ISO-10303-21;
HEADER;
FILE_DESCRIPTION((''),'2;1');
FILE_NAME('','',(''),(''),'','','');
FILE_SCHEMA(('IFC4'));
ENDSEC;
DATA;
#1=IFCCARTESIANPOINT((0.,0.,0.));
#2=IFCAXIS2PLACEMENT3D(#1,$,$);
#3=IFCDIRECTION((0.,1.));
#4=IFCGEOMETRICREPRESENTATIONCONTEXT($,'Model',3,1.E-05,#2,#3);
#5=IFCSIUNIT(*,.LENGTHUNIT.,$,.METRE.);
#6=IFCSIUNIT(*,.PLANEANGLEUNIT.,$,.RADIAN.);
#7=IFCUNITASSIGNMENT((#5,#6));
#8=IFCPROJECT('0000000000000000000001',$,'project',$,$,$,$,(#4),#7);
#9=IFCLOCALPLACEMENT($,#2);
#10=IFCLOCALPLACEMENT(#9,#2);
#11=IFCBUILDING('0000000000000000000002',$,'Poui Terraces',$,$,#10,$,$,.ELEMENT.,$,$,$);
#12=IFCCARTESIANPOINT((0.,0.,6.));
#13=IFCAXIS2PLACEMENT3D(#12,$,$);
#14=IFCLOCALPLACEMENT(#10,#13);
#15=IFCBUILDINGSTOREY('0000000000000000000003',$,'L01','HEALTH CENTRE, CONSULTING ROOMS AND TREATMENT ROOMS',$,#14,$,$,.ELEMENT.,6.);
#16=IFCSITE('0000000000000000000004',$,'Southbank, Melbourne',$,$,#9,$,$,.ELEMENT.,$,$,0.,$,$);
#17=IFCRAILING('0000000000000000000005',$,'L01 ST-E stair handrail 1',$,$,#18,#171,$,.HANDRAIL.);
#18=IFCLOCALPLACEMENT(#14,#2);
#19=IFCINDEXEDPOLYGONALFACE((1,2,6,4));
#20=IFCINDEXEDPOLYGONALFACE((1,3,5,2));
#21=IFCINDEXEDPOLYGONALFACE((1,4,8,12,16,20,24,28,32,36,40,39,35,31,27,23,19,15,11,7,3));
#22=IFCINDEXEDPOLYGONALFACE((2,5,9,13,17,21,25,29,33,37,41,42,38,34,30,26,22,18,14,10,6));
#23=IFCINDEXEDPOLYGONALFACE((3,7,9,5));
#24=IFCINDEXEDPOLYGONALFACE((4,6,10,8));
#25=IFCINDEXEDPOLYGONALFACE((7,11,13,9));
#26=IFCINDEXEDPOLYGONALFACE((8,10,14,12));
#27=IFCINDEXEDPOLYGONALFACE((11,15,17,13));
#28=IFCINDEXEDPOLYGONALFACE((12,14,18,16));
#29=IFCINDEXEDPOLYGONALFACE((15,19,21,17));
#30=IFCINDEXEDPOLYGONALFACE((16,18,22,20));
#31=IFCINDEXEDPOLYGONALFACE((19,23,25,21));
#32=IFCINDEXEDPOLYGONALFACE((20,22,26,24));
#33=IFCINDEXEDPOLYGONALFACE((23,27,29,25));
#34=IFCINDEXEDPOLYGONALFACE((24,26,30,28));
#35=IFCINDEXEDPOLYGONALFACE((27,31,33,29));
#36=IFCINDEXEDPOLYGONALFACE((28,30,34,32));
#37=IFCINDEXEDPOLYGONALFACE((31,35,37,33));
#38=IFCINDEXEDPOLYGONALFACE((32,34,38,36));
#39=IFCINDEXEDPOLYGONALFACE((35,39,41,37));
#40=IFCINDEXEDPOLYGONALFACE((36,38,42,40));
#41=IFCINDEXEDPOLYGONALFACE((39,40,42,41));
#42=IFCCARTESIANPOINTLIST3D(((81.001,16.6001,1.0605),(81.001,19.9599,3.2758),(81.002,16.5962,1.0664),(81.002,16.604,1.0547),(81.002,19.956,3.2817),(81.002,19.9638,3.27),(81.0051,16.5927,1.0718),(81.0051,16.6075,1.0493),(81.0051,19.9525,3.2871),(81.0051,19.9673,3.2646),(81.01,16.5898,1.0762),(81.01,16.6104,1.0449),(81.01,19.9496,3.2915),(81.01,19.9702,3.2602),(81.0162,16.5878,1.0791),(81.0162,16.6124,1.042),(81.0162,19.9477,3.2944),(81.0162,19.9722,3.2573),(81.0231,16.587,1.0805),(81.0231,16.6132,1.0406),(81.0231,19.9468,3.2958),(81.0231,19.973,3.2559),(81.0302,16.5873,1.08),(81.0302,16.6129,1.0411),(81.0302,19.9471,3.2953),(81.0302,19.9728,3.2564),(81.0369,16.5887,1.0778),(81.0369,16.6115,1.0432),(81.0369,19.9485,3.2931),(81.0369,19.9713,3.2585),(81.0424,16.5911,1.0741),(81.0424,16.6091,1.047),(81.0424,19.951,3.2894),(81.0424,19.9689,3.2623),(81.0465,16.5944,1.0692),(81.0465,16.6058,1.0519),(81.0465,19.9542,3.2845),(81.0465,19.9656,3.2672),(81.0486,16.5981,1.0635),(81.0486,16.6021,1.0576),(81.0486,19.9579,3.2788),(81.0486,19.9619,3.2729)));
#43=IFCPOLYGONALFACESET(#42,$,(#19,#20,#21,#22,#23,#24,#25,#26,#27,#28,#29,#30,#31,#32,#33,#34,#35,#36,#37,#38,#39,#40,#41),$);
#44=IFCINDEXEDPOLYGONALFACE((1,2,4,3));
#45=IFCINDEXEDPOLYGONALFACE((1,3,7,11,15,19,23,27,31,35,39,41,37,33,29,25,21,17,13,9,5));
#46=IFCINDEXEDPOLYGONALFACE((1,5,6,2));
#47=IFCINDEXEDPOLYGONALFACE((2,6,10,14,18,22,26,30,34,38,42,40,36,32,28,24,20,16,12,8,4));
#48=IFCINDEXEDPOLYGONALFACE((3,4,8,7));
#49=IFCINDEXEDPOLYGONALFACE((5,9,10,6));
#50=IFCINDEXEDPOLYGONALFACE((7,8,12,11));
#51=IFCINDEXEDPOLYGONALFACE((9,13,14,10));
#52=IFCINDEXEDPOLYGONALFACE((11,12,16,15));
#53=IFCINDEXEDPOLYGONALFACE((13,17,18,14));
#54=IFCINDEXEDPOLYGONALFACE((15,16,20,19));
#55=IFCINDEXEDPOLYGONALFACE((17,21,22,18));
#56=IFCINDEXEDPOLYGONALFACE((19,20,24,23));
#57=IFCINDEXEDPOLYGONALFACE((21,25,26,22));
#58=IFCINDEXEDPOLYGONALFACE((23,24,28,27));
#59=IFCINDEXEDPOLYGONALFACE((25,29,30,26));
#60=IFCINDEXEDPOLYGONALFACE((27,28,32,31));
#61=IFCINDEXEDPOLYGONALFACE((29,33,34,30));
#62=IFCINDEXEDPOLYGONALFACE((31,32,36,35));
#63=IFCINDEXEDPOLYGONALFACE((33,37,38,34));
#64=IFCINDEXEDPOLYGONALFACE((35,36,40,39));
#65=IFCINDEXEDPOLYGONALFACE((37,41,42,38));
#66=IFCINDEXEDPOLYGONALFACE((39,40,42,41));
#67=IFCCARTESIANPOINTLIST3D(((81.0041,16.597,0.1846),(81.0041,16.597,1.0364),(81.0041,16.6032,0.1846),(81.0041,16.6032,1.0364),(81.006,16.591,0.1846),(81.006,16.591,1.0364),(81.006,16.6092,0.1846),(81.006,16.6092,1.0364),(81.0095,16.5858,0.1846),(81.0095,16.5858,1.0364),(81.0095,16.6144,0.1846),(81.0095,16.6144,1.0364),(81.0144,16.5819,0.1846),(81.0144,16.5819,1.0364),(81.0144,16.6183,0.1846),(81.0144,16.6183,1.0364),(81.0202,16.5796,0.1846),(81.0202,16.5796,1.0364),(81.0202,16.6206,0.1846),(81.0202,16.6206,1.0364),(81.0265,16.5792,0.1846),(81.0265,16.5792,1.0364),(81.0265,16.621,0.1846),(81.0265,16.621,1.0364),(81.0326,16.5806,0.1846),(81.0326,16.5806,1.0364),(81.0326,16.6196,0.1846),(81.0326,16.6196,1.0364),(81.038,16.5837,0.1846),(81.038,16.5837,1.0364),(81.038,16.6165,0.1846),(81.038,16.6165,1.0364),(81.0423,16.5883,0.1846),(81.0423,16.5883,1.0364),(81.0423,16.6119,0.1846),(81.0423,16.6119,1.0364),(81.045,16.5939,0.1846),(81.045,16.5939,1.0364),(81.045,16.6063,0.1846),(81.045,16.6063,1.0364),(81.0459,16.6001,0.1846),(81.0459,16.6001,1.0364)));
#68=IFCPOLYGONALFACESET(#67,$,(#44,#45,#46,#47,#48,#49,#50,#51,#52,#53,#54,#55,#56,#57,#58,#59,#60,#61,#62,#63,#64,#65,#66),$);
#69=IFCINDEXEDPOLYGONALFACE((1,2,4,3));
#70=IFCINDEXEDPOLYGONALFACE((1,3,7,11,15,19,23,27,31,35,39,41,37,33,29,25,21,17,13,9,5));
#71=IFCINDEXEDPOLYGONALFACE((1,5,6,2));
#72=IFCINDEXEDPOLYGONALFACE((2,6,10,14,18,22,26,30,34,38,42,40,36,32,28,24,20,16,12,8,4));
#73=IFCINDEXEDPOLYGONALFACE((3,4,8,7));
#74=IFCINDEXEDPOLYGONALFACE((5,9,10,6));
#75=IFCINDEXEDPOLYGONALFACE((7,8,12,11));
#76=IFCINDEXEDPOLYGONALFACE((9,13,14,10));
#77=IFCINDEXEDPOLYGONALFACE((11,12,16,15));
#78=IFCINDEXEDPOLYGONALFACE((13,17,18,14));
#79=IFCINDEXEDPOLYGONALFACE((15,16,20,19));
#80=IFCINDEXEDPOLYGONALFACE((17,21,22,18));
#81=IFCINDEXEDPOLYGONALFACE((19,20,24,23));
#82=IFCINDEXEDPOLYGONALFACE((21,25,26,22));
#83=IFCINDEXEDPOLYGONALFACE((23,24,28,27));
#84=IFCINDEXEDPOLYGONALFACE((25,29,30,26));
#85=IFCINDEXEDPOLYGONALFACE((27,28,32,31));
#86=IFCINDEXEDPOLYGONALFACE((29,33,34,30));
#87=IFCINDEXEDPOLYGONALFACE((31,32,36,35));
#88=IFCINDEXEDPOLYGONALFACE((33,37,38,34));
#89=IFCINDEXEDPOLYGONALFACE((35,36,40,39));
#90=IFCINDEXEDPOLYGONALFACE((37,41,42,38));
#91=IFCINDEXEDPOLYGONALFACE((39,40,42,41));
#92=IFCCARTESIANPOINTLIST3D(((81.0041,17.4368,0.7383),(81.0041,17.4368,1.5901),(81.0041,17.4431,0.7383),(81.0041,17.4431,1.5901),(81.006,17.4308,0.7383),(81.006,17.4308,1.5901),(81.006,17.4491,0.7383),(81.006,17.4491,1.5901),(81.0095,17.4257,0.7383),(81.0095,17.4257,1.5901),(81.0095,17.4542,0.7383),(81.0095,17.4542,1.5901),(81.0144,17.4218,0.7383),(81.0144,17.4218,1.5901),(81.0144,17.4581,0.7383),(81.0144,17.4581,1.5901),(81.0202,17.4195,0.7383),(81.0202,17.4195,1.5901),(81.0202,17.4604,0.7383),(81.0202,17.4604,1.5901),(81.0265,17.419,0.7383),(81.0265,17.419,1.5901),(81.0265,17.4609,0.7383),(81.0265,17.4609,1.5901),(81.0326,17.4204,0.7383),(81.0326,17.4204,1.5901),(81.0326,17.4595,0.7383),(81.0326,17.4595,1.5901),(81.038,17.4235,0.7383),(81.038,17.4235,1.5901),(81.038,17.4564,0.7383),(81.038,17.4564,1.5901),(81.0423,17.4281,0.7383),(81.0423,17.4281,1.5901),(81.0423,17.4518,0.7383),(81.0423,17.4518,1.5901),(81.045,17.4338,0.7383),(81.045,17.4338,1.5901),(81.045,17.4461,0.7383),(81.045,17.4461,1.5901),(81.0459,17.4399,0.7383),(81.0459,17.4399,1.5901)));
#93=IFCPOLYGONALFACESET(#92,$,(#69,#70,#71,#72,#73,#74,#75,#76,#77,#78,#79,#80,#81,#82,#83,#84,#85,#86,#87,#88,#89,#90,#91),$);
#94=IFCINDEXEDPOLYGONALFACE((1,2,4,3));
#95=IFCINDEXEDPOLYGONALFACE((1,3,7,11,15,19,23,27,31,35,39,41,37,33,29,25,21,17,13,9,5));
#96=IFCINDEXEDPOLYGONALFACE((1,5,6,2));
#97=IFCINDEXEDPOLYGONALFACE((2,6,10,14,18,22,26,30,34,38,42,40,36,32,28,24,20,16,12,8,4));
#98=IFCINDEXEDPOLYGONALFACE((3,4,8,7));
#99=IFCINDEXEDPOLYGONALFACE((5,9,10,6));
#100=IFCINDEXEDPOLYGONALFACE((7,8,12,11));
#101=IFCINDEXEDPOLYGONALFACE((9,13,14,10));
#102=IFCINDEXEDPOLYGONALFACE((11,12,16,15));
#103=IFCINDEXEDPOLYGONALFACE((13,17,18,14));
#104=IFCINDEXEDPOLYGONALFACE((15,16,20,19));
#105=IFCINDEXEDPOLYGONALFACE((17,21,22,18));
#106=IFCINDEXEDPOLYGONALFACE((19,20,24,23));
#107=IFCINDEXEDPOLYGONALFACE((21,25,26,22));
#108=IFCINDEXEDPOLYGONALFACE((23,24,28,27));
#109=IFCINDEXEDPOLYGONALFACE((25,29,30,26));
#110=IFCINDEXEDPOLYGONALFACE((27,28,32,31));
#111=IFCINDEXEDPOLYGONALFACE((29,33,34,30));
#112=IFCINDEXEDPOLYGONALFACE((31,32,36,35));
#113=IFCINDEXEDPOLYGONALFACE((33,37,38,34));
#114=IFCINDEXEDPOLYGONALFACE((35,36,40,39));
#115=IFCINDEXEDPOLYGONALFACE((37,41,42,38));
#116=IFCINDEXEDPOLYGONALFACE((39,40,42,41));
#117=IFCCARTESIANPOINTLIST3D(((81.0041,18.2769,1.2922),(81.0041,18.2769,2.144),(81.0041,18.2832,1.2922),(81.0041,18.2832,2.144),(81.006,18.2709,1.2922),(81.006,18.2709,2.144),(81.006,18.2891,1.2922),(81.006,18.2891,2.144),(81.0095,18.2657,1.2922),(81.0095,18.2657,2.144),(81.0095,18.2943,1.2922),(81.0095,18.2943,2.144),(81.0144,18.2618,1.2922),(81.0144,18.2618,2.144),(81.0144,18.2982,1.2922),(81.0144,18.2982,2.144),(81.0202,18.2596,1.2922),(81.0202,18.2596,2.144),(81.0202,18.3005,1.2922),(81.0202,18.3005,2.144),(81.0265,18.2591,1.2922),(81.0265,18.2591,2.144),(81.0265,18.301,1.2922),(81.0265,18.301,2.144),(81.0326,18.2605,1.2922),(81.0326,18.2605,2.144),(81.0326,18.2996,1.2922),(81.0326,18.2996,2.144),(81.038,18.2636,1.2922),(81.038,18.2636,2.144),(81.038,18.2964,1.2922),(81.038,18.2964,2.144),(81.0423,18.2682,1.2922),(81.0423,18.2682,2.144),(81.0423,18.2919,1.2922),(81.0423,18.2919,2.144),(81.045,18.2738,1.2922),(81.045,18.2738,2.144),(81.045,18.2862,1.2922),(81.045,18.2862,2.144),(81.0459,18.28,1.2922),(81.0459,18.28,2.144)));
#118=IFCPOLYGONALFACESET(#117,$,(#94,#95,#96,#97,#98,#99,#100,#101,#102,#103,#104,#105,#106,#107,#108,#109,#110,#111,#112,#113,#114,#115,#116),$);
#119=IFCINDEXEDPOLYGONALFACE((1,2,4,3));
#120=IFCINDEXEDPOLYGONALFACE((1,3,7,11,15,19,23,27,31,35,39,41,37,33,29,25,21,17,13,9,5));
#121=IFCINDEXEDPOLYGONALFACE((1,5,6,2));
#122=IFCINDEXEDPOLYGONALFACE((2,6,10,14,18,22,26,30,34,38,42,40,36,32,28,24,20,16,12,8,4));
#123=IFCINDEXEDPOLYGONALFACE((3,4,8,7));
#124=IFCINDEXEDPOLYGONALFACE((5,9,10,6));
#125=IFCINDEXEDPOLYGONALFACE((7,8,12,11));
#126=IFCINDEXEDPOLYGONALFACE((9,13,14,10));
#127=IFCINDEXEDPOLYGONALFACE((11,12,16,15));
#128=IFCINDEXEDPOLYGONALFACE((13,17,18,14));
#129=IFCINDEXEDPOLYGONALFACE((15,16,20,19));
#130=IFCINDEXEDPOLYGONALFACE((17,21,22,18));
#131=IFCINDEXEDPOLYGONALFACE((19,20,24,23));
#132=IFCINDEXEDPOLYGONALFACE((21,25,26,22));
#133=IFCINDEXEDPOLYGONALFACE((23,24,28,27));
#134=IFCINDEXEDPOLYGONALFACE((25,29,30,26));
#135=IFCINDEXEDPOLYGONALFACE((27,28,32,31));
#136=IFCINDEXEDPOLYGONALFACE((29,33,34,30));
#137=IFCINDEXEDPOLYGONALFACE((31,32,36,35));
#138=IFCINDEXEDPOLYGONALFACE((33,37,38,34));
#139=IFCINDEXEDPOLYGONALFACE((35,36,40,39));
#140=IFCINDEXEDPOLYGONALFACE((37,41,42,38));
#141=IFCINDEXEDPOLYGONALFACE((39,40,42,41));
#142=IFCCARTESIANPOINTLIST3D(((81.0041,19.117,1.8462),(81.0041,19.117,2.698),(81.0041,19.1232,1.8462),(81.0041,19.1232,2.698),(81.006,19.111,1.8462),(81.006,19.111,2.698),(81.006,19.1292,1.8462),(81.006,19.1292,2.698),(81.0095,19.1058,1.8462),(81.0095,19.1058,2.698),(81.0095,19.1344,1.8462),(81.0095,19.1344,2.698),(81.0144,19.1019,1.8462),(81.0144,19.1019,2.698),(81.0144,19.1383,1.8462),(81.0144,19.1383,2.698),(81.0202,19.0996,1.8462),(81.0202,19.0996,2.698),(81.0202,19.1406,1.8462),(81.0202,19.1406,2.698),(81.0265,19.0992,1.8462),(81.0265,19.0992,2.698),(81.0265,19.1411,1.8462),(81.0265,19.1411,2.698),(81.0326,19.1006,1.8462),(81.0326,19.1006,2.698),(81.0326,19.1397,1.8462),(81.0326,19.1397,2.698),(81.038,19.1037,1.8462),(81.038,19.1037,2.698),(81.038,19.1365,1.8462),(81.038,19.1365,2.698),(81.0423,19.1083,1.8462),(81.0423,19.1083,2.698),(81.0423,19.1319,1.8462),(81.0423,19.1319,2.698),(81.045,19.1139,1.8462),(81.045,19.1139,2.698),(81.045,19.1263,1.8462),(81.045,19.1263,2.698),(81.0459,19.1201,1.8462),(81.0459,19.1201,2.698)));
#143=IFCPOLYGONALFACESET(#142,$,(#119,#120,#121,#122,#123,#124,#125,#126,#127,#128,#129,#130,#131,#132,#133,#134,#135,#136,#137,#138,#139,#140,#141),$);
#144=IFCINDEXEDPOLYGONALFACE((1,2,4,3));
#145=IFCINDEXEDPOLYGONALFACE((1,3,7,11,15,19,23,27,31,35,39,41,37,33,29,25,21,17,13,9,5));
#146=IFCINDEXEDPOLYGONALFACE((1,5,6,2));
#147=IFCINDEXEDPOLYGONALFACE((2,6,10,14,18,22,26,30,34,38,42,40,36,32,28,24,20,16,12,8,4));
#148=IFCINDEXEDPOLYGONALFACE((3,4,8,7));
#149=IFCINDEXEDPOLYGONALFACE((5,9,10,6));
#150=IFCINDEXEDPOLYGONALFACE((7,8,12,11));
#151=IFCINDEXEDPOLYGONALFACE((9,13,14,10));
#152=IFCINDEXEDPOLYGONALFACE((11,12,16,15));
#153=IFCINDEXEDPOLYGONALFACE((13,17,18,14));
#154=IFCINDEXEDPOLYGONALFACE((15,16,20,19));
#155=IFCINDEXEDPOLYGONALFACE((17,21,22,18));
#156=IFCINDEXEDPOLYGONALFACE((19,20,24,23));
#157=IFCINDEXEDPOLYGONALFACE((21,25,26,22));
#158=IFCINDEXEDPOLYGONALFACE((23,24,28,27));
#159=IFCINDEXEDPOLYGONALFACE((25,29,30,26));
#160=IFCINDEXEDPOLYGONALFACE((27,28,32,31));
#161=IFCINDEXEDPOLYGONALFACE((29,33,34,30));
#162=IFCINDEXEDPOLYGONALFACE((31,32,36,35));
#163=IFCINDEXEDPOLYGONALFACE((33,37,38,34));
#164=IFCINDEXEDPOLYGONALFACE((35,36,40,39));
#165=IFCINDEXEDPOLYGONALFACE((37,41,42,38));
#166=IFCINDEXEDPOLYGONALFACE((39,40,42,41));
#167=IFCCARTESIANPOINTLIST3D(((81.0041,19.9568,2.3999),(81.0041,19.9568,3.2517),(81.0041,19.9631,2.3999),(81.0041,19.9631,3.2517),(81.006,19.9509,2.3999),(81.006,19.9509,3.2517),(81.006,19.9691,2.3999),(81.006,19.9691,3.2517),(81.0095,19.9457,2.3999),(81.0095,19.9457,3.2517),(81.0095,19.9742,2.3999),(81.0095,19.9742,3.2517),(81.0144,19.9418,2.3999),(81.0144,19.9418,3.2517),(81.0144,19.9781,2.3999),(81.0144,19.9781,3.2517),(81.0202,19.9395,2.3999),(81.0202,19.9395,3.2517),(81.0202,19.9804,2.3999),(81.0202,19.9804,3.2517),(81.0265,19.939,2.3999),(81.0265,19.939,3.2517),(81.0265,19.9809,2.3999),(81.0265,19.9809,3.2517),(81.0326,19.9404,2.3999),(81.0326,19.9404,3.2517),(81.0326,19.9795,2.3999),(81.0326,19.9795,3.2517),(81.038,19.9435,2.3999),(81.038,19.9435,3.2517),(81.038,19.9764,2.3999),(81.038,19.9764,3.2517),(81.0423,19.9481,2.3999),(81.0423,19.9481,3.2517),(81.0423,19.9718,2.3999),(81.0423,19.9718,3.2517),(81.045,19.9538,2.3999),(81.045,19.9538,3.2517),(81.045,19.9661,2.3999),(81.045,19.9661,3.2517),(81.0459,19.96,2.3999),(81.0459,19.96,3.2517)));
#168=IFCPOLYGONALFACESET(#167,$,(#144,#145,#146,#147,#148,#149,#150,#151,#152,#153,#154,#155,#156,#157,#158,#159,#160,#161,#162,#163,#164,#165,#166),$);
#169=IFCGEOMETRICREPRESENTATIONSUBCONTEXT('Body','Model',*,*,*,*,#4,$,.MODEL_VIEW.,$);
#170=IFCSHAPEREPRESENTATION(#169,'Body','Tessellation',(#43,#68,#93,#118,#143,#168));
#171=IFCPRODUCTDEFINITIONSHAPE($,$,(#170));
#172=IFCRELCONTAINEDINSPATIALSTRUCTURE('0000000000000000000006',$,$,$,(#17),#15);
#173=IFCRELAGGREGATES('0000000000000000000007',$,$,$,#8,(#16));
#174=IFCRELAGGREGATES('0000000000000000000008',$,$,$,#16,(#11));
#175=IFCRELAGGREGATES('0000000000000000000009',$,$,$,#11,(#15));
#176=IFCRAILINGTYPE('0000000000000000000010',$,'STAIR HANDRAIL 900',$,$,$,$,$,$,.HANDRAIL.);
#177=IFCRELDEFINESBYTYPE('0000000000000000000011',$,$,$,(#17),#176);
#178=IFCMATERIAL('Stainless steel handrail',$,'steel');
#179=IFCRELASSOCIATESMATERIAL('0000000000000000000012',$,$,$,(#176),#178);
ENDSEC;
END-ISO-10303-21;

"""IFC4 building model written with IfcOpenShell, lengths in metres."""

from ifc_helpers import new_model, si_unit, direction, frame, origin, origin_2d, place, context, subcontext, project, spatial, circle, extrude, material, type_object, element, save


model = new_model("IFC4")

# Units and contexts
model_context = context("Model", 3, precision=1e-05, world=origin(), true_north=direction((0.0, 1.0)))
body_context = subcontext(model_context, "Body", "Model", "MODEL_VIEW")
ifc_project = project(units=[si_unit("LENGTHUNIT", "METRE"), si_unit("PLANEANGLEUNIT", "RADIAN")], contexts=[model_context])

# Site, building, storey
site_placement = place(None, origin())
site = spatial("IfcSite", under=ifc_project, at=site_placement, Name="Southbank, Melbourne", CompositionType="ELEMENT", RefElevation=0.0)
building_placement = place(site_placement, origin())
building = spatial("IfcBuilding", under=site, at=building_placement, Name="Poui Terraces", CompositionType="ELEMENT")
storey_placement = place(building_placement, frame((0.0, 0.0, 6.0)))
storey = spatial("IfcBuildingStorey", under=building, at=storey_placement, Name="L01", Description="HEALTH CENTRE, CONSULTING ROOMS AND TREATMENT ROOMS", CompositionType="ELEMENT", Elevation=6.0)

# Railing
ifc_material_1 = material(Name="Stainless steel handrail", Category="steel")
railing_type_1 = type_object("IfcRailingType", Name="STAIR HANDRAIL 900", PredefinedType="HANDRAIL", material=ifc_material_1)
railing_1_placement = place(storey_placement, frame((81.0249, 16.6001, 0.1846)))
element("IfcRailing", 1, at=railing_1_placement, inside=storey, type_object=railing_type_1, Name="L01 ST-E stair handrail 1", PredefinedType="HANDRAIL", context=body_context, shape_type="SweptSolid", body=[
    extrude(circle(Radius=0.0239, at=origin_2d()), frame((0.0, 0.0, 0.876), z_axis=(0.0, 0.834858, 0.550465), x_axis=(-1.0, 0.0, 0.0)), (0.0, 0.0, 1.0), 4.0244),
    extrude(circle(Radius=0.021, at=origin_2d()), origin(), (0.0, 0.0, 1.0), 0.8518),
    extrude(circle(Radius=0.021, at=origin_2d()), frame((0.0, 0.8398, 0.5537)), (0.0, 0.0, 1.0), 0.8518),
    extrude(circle(Radius=0.021, at=origin_2d()), frame((0.0, 1.6799, 1.1077)), (0.0, 0.0, 1.0), 0.8518),
    extrude(circle(Radius=0.021, at=origin_2d()), frame((0.0, 2.52, 1.6616)), (0.0, 0.0, 1.0), 0.8518),
    extrude(circle(Radius=0.021, at=origin_2d()), frame((0.0, 3.3599, 2.2153)), (0.0, 0.0, 1.0), 0.8518),
])

save(model, "model.ifc")
